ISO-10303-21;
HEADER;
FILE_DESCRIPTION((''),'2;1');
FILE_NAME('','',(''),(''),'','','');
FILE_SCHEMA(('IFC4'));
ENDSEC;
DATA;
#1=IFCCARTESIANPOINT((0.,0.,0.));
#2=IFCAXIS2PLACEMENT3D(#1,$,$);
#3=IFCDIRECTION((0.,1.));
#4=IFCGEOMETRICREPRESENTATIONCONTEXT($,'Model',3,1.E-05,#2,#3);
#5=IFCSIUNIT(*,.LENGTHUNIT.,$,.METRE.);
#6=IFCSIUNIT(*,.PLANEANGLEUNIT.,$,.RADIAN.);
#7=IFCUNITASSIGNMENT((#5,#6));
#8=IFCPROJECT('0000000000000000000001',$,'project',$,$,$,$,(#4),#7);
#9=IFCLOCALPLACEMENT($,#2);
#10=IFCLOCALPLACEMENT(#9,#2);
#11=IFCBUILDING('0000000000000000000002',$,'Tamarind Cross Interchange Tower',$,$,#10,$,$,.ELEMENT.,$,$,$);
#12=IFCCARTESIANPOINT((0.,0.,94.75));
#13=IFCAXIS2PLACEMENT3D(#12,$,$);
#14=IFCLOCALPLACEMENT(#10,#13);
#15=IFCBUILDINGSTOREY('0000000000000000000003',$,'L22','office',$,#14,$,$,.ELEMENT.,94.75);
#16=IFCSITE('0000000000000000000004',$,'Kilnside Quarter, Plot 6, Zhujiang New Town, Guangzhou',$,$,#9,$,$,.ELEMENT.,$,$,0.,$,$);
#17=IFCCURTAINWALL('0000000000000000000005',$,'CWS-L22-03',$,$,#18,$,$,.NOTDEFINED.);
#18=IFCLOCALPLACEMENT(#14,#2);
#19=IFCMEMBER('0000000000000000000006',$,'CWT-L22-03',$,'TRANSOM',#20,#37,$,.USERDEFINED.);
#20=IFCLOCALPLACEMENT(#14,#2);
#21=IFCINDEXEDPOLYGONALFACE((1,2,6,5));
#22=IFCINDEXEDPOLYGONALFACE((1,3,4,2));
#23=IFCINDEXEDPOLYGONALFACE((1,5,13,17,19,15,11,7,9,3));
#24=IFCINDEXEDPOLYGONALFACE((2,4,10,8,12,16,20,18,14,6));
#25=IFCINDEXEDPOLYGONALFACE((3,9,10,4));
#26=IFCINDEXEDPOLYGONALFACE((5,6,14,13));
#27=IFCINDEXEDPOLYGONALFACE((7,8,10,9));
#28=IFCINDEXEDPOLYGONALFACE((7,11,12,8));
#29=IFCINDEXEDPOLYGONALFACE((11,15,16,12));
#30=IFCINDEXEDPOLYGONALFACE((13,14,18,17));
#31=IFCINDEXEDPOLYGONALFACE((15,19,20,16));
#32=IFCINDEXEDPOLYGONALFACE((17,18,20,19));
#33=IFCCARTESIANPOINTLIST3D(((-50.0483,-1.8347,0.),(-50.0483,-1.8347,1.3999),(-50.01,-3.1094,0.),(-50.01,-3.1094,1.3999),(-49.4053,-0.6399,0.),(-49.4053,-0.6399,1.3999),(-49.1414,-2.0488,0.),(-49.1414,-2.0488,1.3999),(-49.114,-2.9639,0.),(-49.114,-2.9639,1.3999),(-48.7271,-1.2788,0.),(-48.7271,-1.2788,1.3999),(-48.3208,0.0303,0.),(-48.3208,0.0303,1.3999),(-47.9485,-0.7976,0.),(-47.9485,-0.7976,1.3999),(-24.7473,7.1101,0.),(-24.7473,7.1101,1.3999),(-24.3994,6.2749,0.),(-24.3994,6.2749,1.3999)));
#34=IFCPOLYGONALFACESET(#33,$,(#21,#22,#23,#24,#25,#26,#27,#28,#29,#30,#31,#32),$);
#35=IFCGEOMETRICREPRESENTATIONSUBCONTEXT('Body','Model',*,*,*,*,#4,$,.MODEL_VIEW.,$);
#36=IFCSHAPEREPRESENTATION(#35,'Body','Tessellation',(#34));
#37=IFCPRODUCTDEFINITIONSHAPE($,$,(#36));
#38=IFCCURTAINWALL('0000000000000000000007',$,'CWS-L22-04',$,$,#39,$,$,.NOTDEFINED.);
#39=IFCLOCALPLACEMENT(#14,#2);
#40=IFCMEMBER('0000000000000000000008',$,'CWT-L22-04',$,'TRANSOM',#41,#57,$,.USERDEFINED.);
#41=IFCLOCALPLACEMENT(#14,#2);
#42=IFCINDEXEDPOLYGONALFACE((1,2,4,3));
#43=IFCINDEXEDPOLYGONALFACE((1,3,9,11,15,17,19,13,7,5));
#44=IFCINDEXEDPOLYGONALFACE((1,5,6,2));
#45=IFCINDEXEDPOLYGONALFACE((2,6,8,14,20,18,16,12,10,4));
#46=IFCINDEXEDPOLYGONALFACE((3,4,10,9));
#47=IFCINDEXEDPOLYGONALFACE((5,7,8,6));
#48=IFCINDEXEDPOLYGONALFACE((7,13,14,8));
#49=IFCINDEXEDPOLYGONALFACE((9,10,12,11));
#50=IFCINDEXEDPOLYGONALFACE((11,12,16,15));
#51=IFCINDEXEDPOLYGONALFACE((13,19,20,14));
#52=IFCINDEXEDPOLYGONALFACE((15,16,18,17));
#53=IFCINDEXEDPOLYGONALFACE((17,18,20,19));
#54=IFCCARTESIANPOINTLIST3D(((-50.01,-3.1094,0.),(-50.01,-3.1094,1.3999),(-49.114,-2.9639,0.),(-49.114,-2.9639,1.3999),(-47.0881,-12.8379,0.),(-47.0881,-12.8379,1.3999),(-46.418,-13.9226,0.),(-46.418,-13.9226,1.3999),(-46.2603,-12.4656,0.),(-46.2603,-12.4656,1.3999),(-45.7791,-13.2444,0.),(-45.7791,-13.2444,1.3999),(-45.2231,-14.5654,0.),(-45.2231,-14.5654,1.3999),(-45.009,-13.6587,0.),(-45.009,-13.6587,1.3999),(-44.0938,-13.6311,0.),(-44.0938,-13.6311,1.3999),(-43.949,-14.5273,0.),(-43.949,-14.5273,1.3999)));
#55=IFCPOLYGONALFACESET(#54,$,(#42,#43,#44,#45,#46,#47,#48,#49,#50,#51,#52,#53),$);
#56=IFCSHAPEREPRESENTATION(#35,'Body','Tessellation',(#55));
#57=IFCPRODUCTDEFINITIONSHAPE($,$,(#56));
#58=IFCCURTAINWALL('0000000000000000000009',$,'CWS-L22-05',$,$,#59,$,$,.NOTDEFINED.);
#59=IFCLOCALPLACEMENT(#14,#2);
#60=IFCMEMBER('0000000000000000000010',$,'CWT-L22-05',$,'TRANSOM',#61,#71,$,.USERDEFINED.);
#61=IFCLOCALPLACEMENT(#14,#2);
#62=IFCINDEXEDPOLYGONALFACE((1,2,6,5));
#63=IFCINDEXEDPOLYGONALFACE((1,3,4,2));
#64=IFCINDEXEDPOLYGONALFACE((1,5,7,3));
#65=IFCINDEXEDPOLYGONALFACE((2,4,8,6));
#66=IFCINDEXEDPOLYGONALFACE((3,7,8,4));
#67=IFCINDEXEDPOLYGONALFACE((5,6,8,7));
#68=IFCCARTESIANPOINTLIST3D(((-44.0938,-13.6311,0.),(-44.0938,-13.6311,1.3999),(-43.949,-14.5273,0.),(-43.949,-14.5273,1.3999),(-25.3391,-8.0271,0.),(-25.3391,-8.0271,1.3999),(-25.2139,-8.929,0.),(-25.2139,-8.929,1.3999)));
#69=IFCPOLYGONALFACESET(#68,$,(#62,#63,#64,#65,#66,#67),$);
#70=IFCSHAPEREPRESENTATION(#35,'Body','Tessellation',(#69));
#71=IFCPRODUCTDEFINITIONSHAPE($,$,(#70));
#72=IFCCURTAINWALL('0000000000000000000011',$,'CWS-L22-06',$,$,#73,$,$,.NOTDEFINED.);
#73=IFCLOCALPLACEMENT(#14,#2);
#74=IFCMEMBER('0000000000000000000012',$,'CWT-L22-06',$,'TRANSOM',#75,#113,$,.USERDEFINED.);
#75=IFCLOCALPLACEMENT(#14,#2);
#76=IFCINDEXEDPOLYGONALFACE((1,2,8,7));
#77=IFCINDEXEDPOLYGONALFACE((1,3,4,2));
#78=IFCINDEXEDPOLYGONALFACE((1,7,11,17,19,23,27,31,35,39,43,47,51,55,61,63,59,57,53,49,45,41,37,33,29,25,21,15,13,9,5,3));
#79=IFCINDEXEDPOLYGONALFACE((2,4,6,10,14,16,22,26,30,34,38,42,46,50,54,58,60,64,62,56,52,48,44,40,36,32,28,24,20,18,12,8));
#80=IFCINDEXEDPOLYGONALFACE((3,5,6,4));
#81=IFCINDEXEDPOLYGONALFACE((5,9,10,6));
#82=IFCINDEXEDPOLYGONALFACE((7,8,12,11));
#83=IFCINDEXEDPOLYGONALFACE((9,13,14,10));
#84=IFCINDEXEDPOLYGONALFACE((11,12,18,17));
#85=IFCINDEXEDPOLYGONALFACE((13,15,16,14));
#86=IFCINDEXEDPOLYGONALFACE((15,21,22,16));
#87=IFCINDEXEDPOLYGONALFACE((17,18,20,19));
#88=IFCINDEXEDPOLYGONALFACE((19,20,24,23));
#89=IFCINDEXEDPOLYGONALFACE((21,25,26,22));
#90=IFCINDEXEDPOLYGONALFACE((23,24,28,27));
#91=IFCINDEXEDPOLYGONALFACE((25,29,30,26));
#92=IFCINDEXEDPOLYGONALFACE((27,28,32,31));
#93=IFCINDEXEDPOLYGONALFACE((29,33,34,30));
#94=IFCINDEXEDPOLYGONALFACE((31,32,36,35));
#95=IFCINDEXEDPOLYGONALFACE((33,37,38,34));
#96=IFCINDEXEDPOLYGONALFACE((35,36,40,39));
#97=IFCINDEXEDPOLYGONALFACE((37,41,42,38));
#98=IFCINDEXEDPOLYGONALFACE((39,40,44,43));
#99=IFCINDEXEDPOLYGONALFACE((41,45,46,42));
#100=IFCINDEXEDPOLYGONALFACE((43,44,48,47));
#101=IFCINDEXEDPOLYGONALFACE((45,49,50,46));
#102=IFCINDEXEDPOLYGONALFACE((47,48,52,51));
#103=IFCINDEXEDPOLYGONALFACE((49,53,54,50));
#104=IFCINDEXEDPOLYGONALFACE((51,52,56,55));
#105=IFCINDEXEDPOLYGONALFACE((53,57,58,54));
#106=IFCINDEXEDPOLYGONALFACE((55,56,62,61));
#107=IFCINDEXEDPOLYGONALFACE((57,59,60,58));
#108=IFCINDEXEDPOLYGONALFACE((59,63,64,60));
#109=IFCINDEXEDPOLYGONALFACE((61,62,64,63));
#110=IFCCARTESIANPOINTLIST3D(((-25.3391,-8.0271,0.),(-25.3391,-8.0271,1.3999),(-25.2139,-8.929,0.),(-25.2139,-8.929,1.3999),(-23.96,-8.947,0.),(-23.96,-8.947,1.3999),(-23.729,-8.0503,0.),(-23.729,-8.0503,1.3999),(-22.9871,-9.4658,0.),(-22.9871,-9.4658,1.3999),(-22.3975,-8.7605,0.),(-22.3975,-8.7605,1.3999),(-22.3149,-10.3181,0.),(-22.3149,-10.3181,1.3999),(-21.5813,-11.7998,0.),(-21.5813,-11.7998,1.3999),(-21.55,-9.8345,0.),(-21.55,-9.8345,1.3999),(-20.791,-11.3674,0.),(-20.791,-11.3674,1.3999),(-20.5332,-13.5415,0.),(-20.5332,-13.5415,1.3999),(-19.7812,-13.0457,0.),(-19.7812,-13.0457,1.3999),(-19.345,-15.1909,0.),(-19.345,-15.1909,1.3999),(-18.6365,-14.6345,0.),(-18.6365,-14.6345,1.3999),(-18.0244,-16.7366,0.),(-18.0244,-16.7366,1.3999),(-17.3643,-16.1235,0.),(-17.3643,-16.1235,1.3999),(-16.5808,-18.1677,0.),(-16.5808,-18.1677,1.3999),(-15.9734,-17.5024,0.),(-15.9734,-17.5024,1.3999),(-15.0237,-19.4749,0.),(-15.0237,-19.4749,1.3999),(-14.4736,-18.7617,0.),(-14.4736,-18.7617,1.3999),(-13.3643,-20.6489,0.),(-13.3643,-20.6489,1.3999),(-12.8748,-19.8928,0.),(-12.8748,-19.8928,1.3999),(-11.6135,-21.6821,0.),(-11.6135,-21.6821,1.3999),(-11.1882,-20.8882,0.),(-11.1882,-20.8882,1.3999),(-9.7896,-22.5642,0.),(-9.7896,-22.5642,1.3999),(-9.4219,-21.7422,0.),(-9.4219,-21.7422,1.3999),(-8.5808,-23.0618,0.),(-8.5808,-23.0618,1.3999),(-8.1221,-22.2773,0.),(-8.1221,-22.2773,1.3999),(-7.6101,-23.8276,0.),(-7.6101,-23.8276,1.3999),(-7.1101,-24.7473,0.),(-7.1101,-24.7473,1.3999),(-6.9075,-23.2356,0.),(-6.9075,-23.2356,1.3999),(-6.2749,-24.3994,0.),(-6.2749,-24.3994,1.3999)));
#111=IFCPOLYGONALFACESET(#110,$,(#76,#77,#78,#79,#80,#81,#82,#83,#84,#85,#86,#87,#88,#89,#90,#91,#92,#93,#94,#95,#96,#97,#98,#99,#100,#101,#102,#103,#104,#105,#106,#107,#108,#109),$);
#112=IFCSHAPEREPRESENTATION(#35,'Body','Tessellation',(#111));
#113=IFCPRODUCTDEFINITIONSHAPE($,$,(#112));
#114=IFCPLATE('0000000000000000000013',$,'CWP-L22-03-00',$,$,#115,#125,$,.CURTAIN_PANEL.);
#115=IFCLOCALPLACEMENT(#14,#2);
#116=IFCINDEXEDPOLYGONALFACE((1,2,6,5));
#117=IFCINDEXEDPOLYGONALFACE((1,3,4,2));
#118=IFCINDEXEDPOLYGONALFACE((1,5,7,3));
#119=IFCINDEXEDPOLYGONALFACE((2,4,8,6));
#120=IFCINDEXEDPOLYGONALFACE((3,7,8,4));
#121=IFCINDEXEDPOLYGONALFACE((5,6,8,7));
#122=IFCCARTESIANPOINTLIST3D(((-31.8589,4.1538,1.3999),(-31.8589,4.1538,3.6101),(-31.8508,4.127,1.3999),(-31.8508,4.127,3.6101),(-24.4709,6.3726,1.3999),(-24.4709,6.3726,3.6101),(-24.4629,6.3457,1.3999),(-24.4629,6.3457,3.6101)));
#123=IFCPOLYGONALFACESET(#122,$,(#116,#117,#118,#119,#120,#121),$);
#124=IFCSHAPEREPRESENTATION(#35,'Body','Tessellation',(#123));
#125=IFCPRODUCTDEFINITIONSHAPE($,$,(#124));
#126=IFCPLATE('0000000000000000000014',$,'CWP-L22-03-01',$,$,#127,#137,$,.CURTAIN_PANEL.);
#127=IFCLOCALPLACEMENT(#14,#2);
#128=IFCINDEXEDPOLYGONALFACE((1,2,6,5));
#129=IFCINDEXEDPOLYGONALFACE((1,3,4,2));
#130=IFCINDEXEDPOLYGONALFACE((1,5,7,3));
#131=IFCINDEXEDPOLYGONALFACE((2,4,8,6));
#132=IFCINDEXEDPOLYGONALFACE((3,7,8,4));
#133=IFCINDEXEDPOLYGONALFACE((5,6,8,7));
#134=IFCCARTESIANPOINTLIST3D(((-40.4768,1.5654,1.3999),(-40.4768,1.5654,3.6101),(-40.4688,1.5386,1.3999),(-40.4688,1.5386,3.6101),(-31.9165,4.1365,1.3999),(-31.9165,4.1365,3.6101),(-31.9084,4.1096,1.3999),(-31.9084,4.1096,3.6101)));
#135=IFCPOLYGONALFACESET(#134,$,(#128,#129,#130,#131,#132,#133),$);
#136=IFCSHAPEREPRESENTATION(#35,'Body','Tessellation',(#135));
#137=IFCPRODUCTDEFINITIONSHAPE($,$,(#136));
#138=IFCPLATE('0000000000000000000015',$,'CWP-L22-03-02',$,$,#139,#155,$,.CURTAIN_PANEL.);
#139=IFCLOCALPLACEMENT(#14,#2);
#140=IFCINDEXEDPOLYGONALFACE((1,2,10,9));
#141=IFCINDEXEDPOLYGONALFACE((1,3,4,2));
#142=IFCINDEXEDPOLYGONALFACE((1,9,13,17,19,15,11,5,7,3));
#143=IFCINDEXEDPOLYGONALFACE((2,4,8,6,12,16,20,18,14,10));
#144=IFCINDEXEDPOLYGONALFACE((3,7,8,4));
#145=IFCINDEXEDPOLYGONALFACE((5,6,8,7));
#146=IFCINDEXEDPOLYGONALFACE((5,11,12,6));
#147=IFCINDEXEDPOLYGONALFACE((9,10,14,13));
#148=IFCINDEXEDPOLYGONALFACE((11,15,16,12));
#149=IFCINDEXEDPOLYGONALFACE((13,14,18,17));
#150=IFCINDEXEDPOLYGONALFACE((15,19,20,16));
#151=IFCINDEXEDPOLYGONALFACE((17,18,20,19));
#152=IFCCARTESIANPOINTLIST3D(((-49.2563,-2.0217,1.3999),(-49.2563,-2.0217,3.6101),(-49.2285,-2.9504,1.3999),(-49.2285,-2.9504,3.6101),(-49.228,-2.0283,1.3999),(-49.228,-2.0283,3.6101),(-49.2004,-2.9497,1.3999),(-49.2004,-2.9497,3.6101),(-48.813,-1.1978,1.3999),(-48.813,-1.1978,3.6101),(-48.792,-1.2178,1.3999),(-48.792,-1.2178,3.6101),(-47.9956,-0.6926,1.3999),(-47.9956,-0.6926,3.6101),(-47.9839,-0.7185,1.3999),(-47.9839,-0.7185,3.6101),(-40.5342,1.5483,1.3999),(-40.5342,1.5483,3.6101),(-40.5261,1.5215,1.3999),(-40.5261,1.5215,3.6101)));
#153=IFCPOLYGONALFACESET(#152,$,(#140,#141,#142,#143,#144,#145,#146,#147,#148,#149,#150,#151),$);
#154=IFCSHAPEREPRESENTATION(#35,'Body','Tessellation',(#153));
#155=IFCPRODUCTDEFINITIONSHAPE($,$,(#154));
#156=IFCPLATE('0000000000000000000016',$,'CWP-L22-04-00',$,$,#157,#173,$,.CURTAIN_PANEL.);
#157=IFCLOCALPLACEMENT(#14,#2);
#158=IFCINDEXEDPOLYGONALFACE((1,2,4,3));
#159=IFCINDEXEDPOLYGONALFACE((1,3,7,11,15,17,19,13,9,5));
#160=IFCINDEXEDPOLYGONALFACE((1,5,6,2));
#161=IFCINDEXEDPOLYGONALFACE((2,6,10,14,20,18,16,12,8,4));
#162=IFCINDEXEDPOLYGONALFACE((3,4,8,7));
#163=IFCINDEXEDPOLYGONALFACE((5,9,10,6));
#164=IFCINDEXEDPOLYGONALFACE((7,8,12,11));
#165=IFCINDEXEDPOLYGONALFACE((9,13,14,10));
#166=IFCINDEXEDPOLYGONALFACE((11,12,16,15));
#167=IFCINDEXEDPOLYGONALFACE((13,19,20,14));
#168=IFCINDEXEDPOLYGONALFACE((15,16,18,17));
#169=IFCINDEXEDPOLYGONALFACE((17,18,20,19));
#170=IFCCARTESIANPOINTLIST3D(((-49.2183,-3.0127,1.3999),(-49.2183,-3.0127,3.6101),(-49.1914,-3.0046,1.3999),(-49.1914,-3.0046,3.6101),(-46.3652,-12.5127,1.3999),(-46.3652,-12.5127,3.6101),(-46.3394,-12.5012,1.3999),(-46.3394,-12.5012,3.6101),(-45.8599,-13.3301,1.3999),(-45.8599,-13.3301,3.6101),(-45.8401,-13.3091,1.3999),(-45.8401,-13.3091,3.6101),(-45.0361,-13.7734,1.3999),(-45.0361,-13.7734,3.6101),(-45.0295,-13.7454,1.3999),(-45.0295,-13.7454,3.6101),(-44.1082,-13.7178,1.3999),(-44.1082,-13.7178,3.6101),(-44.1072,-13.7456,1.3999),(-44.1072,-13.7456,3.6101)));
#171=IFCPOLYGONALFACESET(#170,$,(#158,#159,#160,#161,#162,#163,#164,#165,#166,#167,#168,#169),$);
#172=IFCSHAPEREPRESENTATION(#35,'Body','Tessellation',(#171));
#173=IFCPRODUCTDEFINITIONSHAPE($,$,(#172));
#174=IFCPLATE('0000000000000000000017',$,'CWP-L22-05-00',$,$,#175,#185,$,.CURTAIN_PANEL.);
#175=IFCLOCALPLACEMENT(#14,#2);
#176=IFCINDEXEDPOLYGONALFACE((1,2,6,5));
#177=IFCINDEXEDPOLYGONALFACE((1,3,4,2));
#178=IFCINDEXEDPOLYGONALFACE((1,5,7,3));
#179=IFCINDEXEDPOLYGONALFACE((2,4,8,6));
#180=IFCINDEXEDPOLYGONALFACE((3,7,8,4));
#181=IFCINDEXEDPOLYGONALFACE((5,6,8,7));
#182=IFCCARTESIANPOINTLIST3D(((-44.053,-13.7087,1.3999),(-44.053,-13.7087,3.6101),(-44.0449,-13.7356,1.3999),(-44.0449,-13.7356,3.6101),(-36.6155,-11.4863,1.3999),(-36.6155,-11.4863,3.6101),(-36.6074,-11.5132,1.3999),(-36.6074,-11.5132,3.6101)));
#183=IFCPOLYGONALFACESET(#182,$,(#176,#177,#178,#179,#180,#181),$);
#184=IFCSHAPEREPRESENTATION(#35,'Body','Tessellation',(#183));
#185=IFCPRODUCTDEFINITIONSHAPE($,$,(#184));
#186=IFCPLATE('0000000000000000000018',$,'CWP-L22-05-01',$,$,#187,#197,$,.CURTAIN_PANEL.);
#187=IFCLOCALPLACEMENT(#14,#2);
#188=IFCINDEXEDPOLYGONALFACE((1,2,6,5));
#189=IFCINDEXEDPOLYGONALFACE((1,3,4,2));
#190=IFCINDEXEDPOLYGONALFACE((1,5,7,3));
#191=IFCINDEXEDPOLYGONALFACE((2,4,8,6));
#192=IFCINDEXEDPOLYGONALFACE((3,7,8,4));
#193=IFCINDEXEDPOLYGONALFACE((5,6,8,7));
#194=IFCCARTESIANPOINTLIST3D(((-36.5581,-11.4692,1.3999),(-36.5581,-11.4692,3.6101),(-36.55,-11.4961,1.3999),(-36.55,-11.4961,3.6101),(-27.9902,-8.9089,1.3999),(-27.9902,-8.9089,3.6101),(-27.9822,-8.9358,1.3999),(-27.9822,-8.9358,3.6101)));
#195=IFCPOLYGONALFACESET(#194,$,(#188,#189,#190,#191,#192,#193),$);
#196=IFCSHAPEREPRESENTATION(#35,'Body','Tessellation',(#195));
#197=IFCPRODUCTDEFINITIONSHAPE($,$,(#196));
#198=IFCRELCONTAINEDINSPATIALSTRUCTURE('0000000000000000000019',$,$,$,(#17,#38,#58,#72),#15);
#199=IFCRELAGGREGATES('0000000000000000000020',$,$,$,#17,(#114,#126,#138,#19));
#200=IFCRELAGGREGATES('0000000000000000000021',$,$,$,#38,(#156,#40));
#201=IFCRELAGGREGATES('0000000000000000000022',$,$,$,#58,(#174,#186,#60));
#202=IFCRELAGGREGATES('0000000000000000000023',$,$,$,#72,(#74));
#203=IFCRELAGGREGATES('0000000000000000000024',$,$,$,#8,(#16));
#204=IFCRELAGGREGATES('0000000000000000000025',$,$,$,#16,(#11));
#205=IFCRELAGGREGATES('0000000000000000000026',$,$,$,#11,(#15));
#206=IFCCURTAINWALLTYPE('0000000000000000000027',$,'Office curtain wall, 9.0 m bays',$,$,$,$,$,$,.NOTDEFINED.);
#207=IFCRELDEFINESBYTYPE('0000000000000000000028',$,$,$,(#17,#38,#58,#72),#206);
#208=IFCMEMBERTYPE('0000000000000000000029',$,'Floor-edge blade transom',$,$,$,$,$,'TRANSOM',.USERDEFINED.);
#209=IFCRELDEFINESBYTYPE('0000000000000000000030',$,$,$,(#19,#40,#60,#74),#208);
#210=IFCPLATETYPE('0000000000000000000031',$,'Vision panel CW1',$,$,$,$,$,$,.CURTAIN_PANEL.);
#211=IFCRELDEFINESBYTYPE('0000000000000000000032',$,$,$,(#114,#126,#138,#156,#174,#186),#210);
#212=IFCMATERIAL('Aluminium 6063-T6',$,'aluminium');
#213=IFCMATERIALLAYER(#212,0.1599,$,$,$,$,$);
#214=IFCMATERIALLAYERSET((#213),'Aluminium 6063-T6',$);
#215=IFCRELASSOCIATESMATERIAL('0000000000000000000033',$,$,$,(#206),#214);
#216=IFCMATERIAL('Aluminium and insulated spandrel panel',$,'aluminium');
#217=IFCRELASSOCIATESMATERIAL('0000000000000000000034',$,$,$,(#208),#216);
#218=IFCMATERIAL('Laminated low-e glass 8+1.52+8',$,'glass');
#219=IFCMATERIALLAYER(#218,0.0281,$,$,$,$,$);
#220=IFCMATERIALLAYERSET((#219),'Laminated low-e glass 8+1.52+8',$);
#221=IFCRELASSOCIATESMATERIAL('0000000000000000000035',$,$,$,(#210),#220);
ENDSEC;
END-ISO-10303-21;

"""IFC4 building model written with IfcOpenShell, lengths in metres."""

from ifc_helpers import new_model, si_unit, direction, frame, origin, place, context, subcontext, project, spatial, polyline, outline, extrude, material, layer, layer_set, type_object, element, aggregate, save


model = new_model("IFC4")

# Units and contexts
model_context = context("Model", 3, precision=1e-05, world=origin(), true_north=direction((0.0, 1.0)))
body_context = subcontext(model_context, "Body", "Model", "MODEL_VIEW")
ifc_project = project(units=[si_unit("LENGTHUNIT", "METRE"), si_unit("PLANEANGLEUNIT", "RADIAN")], contexts=[model_context])

# Site, building, storey
site_placement = place(None, origin())
site = spatial("IfcSite", under=ifc_project, at=site_placement, Name="Kilnside Quarter, Plot 6, Zhujiang New Town, Guangzhou", CompositionType="ELEMENT", RefElevation=0.0)
building_placement = place(site_placement, origin())
building = spatial("IfcBuilding", under=site, at=building_placement, Name="Tamarind Cross Interchange Tower", CompositionType="ELEMENT")
storey_placement = place(building_placement, frame((0.0, 0.0, 94.75)))
storey = spatial("IfcBuildingStorey", under=building, at=storey_placement, Name="L22", Description="office", CompositionType="ELEMENT", Elevation=94.75)

# Curtain walls, members
ifc_material_1 = material(Name="Aluminium 6063-T6", Category="aluminium")
ifc_layer_1 = layer(ifc_material_1, 0.1599)
ifc_layer_set_1 = layer_set([ifc_layer_1], Name="Aluminium 6063-T6")
curtain_wall_type = type_object("IfcCurtainWallType", Name="Office curtain wall, 9.0 m bays", PredefinedType="NOTDEFINED", material=ifc_layer_set_1)
ifc_material_2 = material(Name="Aluminium and insulated spandrel panel", Category="aluminium")
member_type = type_object("IfcMemberType", Name="Floor-edge blade transom", ElementType="TRANSOM", PredefinedType="USERDEFINED", material=ifc_material_2)
curtain_wall_1_placement = place(storey_placement, origin())
curtain_wall_1 = element("IfcCurtainWall", 1, at=curtain_wall_1_placement, inside=storey, type_object=curtain_wall_type, Name="CWS-L22-03", PredefinedType="NOTDEFINED")
member_1_placement = place(storey_placement, origin())
member_1 = element("IfcMember", 2, at=member_1_placement, type_object=member_type, Name="CWT-L22-03", ObjectType="TRANSOM", PredefinedType="USERDEFINED", context=body_context, shape_type="SweptSolid", body=[
    extrude(outline(polyline([(-24.3994, 6.2749), (-47.9485, -0.7976), (-48.7271, -1.2788), (-49.1414, -2.0488), (-49.114, -2.9639), (-50.01, -3.1094), (-50.0483, -1.8347), (-49.4053, -0.6399), (-48.3208, 0.0303), (-24.7473, 7.1101), (-24.3994, 6.2749)])), origin(), (0.0, 0.0, 1.0), 1.3999),
])
curtain_wall_2_placement = place(storey_placement, origin())
curtain_wall_2 = element("IfcCurtainWall", 3, at=curtain_wall_2_placement, inside=storey, type_object=curtain_wall_type, Name="CWS-L22-04", PredefinedType="NOTDEFINED")
member_2_placement = place(storey_placement, origin())
member_2 = element("IfcMember", 4, at=member_2_placement, type_object=member_type, Name="CWT-L22-04", ObjectType="TRANSOM", PredefinedType="USERDEFINED", context=body_context, shape_type="SweptSolid", body=[
    extrude(outline(polyline([(-49.114, -2.9639), (-46.2603, -12.4656), (-45.7791, -13.2444), (-45.009, -13.6587), (-44.0938, -13.6311), (-43.949, -14.5273), (-45.2231, -14.5654), (-46.418, -13.9226), (-47.0881, -12.8379), (-50.01, -3.1094), (-49.114, -2.9639)])), origin(), (0.0, 0.0, 1.0), 1.3999),
])
curtain_wall_3_placement = place(storey_placement, origin())
curtain_wall_3 = element("IfcCurtainWall", 5, at=curtain_wall_3_placement, inside=storey, type_object=curtain_wall_type, Name="CWS-L22-05", PredefinedType="NOTDEFINED")
member_3_placement = place(storey_placement, origin())
member_3 = element("IfcMember", 6, at=member_3_placement, type_object=member_type, Name="CWT-L22-05", ObjectType="TRANSOM", PredefinedType="USERDEFINED", context=body_context, shape_type="SweptSolid", body=[
    extrude(outline(polyline([(-44.0938, -13.6311), (-25.3391, -8.0271), (-25.2139, -8.929), (-43.949, -14.5273), (-44.0938, -13.6311)])), origin(), (0.0, 0.0, 1.0), 1.3999),
])
curtain_wall_4_placement = place(storey_placement, origin())
curtain_wall_4 = element("IfcCurtainWall", 7, at=curtain_wall_4_placement, inside=storey, type_object=curtain_wall_type, Name="CWS-L22-06", PredefinedType="NOTDEFINED")
member_4_placement = place(storey_placement, origin())
member_4 = element("IfcMember", 8, at=member_4_placement, type_object=member_type, Name="CWT-L22-06", ObjectType="TRANSOM", PredefinedType="USERDEFINED", context=body_context, shape_type="SweptSolid", body=[
    extrude(outline(polyline([(-25.3391, -8.0271), (-23.729, -8.0503), (-22.3975, -8.7605), (-21.55, -9.8345), (-20.791, -11.3674), (-19.7812, -13.0457), (-18.6365, -14.6345), (-17.3643, -16.1235), (-15.9734, -17.5024), (-14.4736, -18.7617), (-12.8748, -19.8928), (-11.1882, -20.8882), (-9.4219, -21.7422), (-8.1221, -22.2773), (-6.9075, -23.2356), (-6.2749, -24.3994), (-7.1101, -24.7473), (-7.6101, -23.8276), (-8.5808, -23.0618), (-9.7896, -22.5642), (-11.6135, -21.6821), (-13.3643, -20.6489), (-15.0237, -19.4749), (-16.5808, -18.1677), (-18.0244, -16.7366), (-19.345, -15.1909), (-20.5332, -13.5415), (-21.5813, -11.7998), (-22.3149, -10.3181), (-22.9871, -9.4658), (-23.96, -8.947), (-25.2139, -8.929), (-25.3391, -8.0271)])), origin(), (0.0, 0.0, 1.0), 1.3999),
])

# Plates
ifc_material_3 = material(Name="Laminated low-e glass 8+1.52+8", Category="glass")
ifc_layer_2 = layer(ifc_material_3, 0.0281)
ifc_layer_set_2 = layer_set([ifc_layer_2], Name="Laminated low-e glass 8+1.52+8")
plate_type = type_object("IfcPlateType", Name="Vision panel CW1", PredefinedType="CURTAIN_PANEL", material=ifc_layer_set_2)
plate_1_placement = place(storey_placement, frame((0.0, 0.0, 1.3999)))
plate_1 = element("IfcPlate", 9, at=plate_1_placement, type_object=plate_type, Name="CWP-L22-03-00", PredefinedType="CURTAIN_PANEL", context=body_context, shape_type="SweptSolid", body=[
    extrude(outline(polyline([(-24.4629, 6.3457), (-31.8508, 4.127), (-31.8589, 4.1538), (-24.4709, 6.3726), (-24.4629, 6.3457)])), origin(), (0.0, 0.0, 1.0), 2.2102),
])
plate_2_placement = place(storey_placement, frame((0.0, 0.0, 1.3999)))
plate_2 = element("IfcPlate", 10, at=plate_2_placement, type_object=plate_type, Name="CWP-L22-03-01", PredefinedType="CURTAIN_PANEL", context=body_context, shape_type="SweptSolid", body=[
    extrude(outline(polyline([(-31.9084, 4.1096), (-40.4688, 1.5386), (-40.4768, 1.5654), (-31.9165, 4.1365), (-31.9084, 4.1096)])), origin(), (0.0, 0.0, 1.0), 2.2102),
])
plate_3_placement = place(storey_placement, frame((0.0, 0.0, 1.3999)))
plate_3 = element("IfcPlate", 11, at=plate_3_placement, type_object=plate_type, Name="CWP-L22-03-02", PredefinedType="CURTAIN_PANEL", context=body_context, shape_type="SweptSolid", body=[
    extrude(outline(polyline([(-40.5261, 1.5215), (-47.9839, -0.7185), (-48.792, -1.2178), (-49.228, -2.0283), (-49.2004, -2.9497), (-49.2285, -2.9504), (-49.2563, -2.0217), (-48.813, -1.1978), (-47.9956, -0.6926), (-40.5342, 1.5483), (-40.5261, 1.5215)])), origin(), (0.0, 0.0, 1.0), 2.2102),
])
aggregate(curtain_wall_1, [plate_1, plate_2, plate_3, member_1])
plate_4_placement = place(storey_placement, frame((0.0, 0.0, 1.3999)))
plate_4 = element("IfcPlate", 12, at=plate_4_placement, type_object=plate_type, Name="CWP-L22-04-00", PredefinedType="CURTAIN_PANEL", context=body_context, shape_type="SweptSolid", body=[
    extrude(outline(polyline([(-49.1914, -3.0046), (-46.3394, -12.5012), (-45.8401, -13.3091), (-45.0295, -13.7454), (-44.1082, -13.7178), (-44.1072, -13.7456), (-45.0361, -13.7734), (-45.8599, -13.3301), (-46.3652, -12.5127), (-49.2183, -3.0127), (-49.1914, -3.0046)])), origin(), (0.0, 0.0, 1.0), 2.2102),
])
aggregate(curtain_wall_2, [plate_4, member_2])
plate_5_placement = place(storey_placement, frame((0.0, 0.0, 1.3999)))
plate_5 = element("IfcPlate", 13, at=plate_5_placement, type_object=plate_type, Name="CWP-L22-05-00", PredefinedType="CURTAIN_PANEL", context=body_context, shape_type="SweptSolid", body=[
    extrude(outline(polyline([(-44.053, -13.7087), (-36.6155, -11.4863), (-36.6074, -11.5132), (-44.0449, -13.7356), (-44.053, -13.7087)])), origin(), (0.0, 0.0, 1.0), 2.2102),
])
plate_6_placement = place(storey_placement, frame((0.0, 0.0, 1.3999)))
plate_6 = element("IfcPlate", 14, at=plate_6_placement, type_object=plate_type, Name="CWP-L22-05-01", PredefinedType="CURTAIN_PANEL", context=body_context, shape_type="SweptSolid", body=[
    extrude(outline(polyline([(-36.5581, -11.4692), (-27.9902, -8.9089), (-27.9822, -8.9358), (-36.55, -11.4961), (-36.5581, -11.4692)])), origin(), (0.0, 0.0, 1.0), 2.2102),
])
aggregate(curtain_wall_3, [plate_5, plate_6, member_3])
aggregate(curtain_wall_4, [member_4])

save(model, "model.ifc")
